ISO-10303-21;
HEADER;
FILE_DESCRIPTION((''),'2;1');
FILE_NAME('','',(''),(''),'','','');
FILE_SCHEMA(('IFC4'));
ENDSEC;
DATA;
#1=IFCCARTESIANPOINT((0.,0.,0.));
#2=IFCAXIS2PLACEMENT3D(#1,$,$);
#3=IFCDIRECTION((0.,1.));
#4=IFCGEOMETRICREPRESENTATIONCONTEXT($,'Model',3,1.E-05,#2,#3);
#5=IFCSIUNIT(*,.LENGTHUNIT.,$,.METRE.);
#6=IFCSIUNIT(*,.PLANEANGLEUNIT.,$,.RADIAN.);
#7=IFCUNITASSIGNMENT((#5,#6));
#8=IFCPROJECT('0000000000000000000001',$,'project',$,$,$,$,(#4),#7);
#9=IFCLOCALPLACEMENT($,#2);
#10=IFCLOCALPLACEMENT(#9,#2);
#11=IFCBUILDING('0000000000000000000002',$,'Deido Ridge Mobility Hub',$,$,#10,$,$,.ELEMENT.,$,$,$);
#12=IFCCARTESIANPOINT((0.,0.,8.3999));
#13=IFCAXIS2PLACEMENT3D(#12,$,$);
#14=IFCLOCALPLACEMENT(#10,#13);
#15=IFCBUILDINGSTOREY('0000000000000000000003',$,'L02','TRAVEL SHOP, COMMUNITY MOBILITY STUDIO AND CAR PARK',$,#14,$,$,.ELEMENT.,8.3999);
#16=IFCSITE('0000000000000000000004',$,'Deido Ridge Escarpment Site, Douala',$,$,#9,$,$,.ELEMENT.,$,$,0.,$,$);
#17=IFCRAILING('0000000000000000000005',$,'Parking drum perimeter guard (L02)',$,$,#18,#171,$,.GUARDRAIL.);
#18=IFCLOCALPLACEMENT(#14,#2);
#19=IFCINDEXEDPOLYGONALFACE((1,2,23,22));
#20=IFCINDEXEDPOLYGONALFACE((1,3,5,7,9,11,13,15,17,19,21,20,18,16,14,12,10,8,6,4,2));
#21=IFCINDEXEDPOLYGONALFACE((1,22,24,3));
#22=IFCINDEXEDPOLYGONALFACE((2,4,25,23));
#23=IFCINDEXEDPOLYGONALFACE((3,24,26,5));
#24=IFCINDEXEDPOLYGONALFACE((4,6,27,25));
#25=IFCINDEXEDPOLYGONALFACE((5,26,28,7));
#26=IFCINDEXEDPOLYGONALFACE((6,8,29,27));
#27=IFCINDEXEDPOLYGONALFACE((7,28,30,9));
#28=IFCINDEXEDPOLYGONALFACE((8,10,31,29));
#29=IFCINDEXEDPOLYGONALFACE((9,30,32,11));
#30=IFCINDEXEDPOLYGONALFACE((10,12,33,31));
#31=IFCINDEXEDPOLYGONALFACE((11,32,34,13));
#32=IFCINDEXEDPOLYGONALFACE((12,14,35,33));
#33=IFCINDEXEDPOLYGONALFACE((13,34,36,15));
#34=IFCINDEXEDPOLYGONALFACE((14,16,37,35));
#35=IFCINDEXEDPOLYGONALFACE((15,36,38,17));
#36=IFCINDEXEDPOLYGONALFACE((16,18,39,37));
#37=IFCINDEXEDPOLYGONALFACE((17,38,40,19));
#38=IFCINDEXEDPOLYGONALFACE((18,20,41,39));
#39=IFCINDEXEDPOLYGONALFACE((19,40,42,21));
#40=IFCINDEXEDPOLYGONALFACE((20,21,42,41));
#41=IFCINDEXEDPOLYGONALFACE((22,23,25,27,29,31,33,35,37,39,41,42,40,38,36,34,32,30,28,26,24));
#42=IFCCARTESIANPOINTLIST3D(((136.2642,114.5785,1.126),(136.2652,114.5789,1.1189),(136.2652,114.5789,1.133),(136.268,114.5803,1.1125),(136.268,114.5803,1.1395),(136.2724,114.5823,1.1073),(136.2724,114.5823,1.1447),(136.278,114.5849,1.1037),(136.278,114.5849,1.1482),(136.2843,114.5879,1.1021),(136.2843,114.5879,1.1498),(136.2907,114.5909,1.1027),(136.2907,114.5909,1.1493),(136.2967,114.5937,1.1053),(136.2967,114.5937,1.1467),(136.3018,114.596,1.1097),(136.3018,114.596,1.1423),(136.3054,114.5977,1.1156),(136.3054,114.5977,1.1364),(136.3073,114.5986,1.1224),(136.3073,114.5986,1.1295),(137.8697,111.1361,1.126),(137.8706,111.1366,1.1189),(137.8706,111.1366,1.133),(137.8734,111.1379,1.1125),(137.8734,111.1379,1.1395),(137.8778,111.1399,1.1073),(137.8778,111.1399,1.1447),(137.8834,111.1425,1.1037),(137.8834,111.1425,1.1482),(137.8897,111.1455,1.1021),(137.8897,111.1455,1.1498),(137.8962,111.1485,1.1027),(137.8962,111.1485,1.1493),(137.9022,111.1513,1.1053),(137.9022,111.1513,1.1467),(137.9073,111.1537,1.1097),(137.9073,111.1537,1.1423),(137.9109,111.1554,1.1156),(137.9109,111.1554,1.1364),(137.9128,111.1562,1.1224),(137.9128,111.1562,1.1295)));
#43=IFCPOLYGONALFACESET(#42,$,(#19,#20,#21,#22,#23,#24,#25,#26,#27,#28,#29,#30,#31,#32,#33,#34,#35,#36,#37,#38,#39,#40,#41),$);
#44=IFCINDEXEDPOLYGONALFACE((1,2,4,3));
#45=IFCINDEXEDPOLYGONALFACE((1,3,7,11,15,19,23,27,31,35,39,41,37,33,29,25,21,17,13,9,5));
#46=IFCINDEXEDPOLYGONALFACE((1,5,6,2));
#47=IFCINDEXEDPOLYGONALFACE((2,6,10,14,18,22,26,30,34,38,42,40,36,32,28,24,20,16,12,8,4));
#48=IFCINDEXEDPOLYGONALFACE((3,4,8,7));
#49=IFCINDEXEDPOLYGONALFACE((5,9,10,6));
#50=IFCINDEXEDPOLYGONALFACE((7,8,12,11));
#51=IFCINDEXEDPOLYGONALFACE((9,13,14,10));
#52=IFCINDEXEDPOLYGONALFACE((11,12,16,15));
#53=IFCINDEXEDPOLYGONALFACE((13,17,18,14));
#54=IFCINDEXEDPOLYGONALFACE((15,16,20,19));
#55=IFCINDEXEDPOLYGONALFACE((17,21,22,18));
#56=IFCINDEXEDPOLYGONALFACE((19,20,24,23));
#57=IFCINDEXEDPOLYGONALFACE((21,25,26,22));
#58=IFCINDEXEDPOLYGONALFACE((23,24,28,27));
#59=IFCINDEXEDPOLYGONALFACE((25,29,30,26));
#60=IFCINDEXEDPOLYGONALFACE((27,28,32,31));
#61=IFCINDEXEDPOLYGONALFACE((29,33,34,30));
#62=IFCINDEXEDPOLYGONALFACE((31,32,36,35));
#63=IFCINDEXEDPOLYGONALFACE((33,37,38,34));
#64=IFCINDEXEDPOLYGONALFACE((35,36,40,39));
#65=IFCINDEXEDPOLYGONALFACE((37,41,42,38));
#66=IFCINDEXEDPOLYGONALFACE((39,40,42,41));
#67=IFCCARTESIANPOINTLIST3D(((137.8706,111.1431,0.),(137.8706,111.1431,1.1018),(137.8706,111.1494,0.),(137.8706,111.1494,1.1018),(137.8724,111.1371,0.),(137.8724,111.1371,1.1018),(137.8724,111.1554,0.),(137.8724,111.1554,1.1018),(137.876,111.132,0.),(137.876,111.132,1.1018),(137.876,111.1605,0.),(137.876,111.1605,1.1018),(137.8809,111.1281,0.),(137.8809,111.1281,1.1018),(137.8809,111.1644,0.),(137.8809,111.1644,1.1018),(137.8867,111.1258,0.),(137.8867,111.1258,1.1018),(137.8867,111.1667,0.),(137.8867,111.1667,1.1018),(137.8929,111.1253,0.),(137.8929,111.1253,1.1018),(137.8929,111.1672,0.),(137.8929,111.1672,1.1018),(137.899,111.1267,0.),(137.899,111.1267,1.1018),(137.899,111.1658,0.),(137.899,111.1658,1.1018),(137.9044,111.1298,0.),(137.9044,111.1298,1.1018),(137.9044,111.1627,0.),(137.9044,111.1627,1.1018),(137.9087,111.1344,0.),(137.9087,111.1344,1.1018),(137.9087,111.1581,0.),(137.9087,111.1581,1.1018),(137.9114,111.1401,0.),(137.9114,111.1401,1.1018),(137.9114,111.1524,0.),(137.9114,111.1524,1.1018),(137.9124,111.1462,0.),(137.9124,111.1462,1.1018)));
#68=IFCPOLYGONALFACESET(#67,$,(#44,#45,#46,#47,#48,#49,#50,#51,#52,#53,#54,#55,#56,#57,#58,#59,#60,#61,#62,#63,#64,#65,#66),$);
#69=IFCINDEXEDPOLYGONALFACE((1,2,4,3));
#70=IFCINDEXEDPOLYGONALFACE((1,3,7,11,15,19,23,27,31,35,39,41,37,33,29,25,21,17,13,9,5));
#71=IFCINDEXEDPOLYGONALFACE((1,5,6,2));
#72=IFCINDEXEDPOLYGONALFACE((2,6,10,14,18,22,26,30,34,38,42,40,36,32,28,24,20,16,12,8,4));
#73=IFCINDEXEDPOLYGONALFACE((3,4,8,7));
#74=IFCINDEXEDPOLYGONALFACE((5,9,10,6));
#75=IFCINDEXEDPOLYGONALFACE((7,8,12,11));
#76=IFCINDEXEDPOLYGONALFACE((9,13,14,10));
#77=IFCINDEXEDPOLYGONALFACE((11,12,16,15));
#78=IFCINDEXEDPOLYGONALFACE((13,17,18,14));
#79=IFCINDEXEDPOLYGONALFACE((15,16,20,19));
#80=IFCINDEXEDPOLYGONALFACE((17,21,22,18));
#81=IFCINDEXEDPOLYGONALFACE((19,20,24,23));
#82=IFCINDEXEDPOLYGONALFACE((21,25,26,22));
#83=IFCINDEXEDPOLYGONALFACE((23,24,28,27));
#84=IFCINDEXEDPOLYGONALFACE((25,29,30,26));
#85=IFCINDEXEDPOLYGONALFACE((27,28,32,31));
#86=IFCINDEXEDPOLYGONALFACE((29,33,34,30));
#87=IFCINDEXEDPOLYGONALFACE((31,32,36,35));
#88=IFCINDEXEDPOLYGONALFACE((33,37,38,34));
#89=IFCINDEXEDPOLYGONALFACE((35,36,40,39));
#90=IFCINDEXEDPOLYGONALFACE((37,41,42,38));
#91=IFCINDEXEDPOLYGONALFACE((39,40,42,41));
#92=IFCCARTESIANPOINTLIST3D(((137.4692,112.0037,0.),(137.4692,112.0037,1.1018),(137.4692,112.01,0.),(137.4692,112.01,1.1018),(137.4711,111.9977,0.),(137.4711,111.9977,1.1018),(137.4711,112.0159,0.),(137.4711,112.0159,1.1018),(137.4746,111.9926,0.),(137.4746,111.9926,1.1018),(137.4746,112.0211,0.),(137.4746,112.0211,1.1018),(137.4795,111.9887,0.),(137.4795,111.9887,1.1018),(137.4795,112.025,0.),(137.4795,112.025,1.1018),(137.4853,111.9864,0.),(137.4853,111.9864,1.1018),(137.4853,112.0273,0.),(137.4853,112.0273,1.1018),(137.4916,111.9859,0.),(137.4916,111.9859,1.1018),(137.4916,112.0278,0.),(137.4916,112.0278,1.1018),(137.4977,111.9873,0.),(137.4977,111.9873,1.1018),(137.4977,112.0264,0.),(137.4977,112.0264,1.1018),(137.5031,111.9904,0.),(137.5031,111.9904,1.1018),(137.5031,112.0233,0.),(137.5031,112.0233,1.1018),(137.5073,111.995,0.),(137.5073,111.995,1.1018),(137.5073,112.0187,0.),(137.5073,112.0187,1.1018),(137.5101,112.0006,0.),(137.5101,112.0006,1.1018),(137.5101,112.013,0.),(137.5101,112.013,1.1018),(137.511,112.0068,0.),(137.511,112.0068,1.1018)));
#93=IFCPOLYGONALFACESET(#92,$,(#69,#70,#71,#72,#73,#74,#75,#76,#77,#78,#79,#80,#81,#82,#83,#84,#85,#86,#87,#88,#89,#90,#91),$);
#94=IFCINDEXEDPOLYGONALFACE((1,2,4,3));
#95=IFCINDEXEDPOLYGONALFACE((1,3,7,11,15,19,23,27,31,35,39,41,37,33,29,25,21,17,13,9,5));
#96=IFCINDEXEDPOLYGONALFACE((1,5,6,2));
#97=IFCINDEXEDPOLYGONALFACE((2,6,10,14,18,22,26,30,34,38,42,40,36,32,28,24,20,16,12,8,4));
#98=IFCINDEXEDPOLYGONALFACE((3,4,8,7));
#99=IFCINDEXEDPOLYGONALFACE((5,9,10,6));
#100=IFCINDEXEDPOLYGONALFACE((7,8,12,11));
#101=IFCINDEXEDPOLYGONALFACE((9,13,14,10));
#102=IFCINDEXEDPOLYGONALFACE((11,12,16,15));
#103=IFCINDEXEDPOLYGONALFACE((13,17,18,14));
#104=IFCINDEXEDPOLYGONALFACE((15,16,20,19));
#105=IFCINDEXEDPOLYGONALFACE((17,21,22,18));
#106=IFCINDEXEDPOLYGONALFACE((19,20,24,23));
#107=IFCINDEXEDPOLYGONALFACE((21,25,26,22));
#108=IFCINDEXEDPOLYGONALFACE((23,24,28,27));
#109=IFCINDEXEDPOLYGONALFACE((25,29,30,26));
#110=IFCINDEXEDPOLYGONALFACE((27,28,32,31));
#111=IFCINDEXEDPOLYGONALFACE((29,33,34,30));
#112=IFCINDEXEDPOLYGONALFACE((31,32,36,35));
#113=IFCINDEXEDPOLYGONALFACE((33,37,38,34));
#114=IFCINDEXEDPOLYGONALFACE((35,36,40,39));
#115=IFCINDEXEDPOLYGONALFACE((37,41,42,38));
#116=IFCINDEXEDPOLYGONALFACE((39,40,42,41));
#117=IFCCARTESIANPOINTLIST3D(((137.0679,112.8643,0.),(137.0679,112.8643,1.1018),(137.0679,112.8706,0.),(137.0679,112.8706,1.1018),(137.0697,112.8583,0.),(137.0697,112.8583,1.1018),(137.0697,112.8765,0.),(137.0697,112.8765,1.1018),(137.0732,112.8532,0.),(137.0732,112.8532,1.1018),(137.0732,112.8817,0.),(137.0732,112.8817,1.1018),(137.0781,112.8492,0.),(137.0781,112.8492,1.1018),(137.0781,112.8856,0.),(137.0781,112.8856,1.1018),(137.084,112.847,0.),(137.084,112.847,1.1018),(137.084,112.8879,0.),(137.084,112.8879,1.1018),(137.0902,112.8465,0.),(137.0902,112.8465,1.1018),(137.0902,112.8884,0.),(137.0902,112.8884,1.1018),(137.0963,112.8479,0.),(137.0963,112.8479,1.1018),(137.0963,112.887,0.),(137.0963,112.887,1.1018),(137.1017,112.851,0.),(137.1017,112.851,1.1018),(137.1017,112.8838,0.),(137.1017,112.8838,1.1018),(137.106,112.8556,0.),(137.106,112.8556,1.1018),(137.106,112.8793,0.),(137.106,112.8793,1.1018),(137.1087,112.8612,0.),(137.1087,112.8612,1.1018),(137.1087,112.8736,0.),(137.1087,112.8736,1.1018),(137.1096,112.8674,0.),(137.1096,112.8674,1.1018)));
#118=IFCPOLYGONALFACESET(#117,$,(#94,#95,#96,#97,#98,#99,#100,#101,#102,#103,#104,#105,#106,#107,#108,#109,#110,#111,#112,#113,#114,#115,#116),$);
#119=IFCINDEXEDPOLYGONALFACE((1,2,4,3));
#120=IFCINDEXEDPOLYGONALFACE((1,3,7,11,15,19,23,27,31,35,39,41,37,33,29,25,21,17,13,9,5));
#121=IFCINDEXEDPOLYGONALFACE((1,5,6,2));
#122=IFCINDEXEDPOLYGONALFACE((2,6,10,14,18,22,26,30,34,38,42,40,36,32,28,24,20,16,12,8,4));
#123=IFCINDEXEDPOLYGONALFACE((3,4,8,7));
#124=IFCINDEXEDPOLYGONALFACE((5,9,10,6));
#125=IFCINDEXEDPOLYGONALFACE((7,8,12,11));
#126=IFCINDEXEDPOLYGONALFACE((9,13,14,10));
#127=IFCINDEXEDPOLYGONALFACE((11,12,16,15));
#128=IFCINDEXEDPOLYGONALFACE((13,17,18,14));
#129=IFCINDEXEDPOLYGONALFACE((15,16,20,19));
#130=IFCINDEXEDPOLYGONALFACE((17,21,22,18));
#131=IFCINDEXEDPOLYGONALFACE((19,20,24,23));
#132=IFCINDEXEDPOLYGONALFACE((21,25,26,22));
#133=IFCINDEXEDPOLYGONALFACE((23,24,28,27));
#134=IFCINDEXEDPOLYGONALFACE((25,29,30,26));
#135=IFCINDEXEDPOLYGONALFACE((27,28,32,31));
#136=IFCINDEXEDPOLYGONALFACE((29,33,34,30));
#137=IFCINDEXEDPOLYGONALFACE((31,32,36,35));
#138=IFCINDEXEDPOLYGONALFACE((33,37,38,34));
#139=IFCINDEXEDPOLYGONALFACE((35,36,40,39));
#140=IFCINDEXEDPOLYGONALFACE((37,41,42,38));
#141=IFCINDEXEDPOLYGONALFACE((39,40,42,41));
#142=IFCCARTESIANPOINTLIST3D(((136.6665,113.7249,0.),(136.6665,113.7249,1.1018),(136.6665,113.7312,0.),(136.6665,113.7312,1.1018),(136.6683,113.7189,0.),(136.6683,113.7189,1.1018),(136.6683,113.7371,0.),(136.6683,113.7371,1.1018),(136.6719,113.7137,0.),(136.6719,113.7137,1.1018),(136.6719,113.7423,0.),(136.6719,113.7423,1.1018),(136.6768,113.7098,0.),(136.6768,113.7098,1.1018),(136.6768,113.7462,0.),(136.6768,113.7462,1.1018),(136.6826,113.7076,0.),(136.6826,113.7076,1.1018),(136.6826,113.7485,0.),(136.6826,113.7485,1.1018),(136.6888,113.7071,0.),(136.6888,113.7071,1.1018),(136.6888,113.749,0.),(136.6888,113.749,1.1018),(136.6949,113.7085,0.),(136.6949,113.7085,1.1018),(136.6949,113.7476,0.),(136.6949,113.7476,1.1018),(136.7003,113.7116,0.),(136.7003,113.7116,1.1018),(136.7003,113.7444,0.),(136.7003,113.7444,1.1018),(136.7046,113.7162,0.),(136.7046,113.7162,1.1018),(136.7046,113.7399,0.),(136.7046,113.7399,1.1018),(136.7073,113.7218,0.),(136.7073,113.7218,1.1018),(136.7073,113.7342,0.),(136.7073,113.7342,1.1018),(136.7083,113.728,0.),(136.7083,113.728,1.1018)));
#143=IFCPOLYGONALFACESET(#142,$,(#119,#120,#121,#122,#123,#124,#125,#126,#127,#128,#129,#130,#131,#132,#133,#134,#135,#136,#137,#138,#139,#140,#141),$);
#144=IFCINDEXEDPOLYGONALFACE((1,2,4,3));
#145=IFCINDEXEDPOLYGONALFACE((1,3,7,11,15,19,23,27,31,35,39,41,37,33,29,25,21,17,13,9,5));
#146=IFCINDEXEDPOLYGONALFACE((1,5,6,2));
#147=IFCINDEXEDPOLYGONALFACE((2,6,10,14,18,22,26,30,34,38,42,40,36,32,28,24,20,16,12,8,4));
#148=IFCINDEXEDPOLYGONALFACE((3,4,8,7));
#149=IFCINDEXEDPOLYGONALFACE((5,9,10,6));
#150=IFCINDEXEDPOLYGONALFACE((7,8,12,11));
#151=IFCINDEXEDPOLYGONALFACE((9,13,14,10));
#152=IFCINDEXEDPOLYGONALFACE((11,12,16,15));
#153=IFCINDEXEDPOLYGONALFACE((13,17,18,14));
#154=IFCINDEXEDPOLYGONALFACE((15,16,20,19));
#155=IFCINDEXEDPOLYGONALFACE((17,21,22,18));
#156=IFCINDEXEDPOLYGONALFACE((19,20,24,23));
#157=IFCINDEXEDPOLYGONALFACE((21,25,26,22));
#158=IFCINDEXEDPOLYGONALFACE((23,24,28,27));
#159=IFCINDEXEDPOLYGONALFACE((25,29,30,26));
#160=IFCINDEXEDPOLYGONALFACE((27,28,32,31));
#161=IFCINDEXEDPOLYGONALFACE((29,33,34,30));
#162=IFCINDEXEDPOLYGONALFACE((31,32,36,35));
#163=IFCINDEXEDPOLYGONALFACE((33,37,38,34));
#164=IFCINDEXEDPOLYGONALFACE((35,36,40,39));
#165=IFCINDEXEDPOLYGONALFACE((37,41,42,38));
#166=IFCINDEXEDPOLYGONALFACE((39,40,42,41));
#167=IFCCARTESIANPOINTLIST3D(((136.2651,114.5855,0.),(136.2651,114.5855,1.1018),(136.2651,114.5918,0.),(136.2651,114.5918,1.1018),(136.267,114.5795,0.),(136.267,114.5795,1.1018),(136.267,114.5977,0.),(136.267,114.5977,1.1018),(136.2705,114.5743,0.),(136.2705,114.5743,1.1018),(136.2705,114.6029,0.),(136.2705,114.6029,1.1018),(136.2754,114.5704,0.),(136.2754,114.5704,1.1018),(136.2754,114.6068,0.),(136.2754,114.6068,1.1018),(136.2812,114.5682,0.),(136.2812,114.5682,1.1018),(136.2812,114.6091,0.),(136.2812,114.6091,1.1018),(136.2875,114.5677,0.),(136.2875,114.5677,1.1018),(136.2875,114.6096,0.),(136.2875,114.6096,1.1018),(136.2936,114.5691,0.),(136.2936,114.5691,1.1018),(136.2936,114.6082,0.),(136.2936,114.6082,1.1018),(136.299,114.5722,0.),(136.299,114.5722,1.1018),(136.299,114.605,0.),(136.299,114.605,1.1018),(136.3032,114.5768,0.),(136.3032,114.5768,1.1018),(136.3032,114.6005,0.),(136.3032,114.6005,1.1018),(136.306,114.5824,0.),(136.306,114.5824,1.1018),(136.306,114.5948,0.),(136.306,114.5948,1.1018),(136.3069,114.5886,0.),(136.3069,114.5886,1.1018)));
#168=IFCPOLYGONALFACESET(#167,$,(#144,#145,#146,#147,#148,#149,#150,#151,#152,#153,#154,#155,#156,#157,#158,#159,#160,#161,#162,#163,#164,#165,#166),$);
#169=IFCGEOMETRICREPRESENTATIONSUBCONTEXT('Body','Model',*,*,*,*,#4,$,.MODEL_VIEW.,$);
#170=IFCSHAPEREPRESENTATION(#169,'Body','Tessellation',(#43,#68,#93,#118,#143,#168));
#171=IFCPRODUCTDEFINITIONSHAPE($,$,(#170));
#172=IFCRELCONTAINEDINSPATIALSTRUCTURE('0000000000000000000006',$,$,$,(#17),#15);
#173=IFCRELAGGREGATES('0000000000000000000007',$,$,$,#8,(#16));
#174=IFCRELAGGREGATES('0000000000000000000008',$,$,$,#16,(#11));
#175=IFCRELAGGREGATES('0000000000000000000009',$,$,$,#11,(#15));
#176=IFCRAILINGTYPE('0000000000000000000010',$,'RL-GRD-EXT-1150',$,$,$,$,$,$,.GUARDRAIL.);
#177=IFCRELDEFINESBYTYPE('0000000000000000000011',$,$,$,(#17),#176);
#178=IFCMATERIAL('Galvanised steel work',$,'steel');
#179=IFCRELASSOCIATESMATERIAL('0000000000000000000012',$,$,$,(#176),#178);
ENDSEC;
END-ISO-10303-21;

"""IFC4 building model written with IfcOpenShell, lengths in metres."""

from ifc_helpers import new_model, si_unit, direction, frame, origin, origin_2d, place, context, subcontext, project, spatial, circle, extrude, material, type_object, element, save


model = new_model("IFC4")

# Units and contexts
model_context = context("Model", 3, precision=1e-05, world=origin(), true_north=direction((0.0, 1.0)))
body_context = subcontext(model_context, "Body", "Model", "MODEL_VIEW")
ifc_project = project(units=[si_unit("LENGTHUNIT", "METRE"), si_unit("PLANEANGLEUNIT", "RADIAN")], contexts=[model_context])

# Site, building, storey
site_placement = place(None, origin())
site = spatial("IfcSite", under=ifc_project, at=site_placement, Name="Deido Ridge Escarpment Site, Douala", CompositionType="ELEMENT", RefElevation=0.0)
building_placement = place(site_placement, origin())
building = spatial("IfcBuilding", under=site, at=building_placement, Name="Deido Ridge Mobility Hub", CompositionType="ELEMENT")
storey_placement = place(building_placement, frame((0.0, 0.0, 8.3999)))
storey = spatial("IfcBuildingStorey", under=building, at=storey_placement, Name="L02", Description="TRAVEL SHOP, COMMUNITY MOBILITY STUDIO AND CAR PARK", CompositionType="ELEMENT", Elevation=8.3999)

# Railing
ifc_material_1 = material(Name="Galvanised steel work", Category="steel")
railing_type = type_object("IfcRailingType", Name="RL-GRD-EXT-1150", PredefinedType="GUARDRAIL", material=ifc_material_1)
railing_1_placement = place(storey_placement, frame((137.8914, 111.1462, 0.0)))
element("IfcRailing", 1, at=railing_1_placement, inside=storey, type_object=railing_type, Name="Parking drum perimeter guard (L02)", PredefinedType="GUARDRAIL", context=body_context, shape_type="SweptSolid", body=[
    extrude(circle(Radius=0.0239, at=origin_2d()), frame((0.0, 0.0, 1.126), z_axis=(-0.422674, 0.906282, 0.0), x_axis=(-0.906282, -0.422674, 0.0)), (0.0, 0.0, 1.0), 3.7983),
    extrude(circle(Radius=0.021, at=origin_2d()), origin(), (0.0, 0.0, 1.0), 1.1018),
    extrude(circle(Radius=0.021, at=origin_2d()), frame((-0.4014, 0.8606, 0.0)), (0.0, 0.0, 1.0), 1.1018),
    extrude(circle(Radius=0.021, at=origin_2d()), frame((-0.8027, 1.7212, 0.0)), (0.0, 0.0, 1.0), 1.1018),
    extrude(circle(Radius=0.021, at=origin_2d()), frame((-1.2041, 2.5818, 0.0)), (0.0, 0.0, 1.0), 1.1018),
    extrude(circle(Radius=0.021, at=origin_2d()), frame((-1.6055, 3.4424, 0.0)), (0.0, 0.0, 1.0), 1.1018),
])

save(model, "model.ifc")
